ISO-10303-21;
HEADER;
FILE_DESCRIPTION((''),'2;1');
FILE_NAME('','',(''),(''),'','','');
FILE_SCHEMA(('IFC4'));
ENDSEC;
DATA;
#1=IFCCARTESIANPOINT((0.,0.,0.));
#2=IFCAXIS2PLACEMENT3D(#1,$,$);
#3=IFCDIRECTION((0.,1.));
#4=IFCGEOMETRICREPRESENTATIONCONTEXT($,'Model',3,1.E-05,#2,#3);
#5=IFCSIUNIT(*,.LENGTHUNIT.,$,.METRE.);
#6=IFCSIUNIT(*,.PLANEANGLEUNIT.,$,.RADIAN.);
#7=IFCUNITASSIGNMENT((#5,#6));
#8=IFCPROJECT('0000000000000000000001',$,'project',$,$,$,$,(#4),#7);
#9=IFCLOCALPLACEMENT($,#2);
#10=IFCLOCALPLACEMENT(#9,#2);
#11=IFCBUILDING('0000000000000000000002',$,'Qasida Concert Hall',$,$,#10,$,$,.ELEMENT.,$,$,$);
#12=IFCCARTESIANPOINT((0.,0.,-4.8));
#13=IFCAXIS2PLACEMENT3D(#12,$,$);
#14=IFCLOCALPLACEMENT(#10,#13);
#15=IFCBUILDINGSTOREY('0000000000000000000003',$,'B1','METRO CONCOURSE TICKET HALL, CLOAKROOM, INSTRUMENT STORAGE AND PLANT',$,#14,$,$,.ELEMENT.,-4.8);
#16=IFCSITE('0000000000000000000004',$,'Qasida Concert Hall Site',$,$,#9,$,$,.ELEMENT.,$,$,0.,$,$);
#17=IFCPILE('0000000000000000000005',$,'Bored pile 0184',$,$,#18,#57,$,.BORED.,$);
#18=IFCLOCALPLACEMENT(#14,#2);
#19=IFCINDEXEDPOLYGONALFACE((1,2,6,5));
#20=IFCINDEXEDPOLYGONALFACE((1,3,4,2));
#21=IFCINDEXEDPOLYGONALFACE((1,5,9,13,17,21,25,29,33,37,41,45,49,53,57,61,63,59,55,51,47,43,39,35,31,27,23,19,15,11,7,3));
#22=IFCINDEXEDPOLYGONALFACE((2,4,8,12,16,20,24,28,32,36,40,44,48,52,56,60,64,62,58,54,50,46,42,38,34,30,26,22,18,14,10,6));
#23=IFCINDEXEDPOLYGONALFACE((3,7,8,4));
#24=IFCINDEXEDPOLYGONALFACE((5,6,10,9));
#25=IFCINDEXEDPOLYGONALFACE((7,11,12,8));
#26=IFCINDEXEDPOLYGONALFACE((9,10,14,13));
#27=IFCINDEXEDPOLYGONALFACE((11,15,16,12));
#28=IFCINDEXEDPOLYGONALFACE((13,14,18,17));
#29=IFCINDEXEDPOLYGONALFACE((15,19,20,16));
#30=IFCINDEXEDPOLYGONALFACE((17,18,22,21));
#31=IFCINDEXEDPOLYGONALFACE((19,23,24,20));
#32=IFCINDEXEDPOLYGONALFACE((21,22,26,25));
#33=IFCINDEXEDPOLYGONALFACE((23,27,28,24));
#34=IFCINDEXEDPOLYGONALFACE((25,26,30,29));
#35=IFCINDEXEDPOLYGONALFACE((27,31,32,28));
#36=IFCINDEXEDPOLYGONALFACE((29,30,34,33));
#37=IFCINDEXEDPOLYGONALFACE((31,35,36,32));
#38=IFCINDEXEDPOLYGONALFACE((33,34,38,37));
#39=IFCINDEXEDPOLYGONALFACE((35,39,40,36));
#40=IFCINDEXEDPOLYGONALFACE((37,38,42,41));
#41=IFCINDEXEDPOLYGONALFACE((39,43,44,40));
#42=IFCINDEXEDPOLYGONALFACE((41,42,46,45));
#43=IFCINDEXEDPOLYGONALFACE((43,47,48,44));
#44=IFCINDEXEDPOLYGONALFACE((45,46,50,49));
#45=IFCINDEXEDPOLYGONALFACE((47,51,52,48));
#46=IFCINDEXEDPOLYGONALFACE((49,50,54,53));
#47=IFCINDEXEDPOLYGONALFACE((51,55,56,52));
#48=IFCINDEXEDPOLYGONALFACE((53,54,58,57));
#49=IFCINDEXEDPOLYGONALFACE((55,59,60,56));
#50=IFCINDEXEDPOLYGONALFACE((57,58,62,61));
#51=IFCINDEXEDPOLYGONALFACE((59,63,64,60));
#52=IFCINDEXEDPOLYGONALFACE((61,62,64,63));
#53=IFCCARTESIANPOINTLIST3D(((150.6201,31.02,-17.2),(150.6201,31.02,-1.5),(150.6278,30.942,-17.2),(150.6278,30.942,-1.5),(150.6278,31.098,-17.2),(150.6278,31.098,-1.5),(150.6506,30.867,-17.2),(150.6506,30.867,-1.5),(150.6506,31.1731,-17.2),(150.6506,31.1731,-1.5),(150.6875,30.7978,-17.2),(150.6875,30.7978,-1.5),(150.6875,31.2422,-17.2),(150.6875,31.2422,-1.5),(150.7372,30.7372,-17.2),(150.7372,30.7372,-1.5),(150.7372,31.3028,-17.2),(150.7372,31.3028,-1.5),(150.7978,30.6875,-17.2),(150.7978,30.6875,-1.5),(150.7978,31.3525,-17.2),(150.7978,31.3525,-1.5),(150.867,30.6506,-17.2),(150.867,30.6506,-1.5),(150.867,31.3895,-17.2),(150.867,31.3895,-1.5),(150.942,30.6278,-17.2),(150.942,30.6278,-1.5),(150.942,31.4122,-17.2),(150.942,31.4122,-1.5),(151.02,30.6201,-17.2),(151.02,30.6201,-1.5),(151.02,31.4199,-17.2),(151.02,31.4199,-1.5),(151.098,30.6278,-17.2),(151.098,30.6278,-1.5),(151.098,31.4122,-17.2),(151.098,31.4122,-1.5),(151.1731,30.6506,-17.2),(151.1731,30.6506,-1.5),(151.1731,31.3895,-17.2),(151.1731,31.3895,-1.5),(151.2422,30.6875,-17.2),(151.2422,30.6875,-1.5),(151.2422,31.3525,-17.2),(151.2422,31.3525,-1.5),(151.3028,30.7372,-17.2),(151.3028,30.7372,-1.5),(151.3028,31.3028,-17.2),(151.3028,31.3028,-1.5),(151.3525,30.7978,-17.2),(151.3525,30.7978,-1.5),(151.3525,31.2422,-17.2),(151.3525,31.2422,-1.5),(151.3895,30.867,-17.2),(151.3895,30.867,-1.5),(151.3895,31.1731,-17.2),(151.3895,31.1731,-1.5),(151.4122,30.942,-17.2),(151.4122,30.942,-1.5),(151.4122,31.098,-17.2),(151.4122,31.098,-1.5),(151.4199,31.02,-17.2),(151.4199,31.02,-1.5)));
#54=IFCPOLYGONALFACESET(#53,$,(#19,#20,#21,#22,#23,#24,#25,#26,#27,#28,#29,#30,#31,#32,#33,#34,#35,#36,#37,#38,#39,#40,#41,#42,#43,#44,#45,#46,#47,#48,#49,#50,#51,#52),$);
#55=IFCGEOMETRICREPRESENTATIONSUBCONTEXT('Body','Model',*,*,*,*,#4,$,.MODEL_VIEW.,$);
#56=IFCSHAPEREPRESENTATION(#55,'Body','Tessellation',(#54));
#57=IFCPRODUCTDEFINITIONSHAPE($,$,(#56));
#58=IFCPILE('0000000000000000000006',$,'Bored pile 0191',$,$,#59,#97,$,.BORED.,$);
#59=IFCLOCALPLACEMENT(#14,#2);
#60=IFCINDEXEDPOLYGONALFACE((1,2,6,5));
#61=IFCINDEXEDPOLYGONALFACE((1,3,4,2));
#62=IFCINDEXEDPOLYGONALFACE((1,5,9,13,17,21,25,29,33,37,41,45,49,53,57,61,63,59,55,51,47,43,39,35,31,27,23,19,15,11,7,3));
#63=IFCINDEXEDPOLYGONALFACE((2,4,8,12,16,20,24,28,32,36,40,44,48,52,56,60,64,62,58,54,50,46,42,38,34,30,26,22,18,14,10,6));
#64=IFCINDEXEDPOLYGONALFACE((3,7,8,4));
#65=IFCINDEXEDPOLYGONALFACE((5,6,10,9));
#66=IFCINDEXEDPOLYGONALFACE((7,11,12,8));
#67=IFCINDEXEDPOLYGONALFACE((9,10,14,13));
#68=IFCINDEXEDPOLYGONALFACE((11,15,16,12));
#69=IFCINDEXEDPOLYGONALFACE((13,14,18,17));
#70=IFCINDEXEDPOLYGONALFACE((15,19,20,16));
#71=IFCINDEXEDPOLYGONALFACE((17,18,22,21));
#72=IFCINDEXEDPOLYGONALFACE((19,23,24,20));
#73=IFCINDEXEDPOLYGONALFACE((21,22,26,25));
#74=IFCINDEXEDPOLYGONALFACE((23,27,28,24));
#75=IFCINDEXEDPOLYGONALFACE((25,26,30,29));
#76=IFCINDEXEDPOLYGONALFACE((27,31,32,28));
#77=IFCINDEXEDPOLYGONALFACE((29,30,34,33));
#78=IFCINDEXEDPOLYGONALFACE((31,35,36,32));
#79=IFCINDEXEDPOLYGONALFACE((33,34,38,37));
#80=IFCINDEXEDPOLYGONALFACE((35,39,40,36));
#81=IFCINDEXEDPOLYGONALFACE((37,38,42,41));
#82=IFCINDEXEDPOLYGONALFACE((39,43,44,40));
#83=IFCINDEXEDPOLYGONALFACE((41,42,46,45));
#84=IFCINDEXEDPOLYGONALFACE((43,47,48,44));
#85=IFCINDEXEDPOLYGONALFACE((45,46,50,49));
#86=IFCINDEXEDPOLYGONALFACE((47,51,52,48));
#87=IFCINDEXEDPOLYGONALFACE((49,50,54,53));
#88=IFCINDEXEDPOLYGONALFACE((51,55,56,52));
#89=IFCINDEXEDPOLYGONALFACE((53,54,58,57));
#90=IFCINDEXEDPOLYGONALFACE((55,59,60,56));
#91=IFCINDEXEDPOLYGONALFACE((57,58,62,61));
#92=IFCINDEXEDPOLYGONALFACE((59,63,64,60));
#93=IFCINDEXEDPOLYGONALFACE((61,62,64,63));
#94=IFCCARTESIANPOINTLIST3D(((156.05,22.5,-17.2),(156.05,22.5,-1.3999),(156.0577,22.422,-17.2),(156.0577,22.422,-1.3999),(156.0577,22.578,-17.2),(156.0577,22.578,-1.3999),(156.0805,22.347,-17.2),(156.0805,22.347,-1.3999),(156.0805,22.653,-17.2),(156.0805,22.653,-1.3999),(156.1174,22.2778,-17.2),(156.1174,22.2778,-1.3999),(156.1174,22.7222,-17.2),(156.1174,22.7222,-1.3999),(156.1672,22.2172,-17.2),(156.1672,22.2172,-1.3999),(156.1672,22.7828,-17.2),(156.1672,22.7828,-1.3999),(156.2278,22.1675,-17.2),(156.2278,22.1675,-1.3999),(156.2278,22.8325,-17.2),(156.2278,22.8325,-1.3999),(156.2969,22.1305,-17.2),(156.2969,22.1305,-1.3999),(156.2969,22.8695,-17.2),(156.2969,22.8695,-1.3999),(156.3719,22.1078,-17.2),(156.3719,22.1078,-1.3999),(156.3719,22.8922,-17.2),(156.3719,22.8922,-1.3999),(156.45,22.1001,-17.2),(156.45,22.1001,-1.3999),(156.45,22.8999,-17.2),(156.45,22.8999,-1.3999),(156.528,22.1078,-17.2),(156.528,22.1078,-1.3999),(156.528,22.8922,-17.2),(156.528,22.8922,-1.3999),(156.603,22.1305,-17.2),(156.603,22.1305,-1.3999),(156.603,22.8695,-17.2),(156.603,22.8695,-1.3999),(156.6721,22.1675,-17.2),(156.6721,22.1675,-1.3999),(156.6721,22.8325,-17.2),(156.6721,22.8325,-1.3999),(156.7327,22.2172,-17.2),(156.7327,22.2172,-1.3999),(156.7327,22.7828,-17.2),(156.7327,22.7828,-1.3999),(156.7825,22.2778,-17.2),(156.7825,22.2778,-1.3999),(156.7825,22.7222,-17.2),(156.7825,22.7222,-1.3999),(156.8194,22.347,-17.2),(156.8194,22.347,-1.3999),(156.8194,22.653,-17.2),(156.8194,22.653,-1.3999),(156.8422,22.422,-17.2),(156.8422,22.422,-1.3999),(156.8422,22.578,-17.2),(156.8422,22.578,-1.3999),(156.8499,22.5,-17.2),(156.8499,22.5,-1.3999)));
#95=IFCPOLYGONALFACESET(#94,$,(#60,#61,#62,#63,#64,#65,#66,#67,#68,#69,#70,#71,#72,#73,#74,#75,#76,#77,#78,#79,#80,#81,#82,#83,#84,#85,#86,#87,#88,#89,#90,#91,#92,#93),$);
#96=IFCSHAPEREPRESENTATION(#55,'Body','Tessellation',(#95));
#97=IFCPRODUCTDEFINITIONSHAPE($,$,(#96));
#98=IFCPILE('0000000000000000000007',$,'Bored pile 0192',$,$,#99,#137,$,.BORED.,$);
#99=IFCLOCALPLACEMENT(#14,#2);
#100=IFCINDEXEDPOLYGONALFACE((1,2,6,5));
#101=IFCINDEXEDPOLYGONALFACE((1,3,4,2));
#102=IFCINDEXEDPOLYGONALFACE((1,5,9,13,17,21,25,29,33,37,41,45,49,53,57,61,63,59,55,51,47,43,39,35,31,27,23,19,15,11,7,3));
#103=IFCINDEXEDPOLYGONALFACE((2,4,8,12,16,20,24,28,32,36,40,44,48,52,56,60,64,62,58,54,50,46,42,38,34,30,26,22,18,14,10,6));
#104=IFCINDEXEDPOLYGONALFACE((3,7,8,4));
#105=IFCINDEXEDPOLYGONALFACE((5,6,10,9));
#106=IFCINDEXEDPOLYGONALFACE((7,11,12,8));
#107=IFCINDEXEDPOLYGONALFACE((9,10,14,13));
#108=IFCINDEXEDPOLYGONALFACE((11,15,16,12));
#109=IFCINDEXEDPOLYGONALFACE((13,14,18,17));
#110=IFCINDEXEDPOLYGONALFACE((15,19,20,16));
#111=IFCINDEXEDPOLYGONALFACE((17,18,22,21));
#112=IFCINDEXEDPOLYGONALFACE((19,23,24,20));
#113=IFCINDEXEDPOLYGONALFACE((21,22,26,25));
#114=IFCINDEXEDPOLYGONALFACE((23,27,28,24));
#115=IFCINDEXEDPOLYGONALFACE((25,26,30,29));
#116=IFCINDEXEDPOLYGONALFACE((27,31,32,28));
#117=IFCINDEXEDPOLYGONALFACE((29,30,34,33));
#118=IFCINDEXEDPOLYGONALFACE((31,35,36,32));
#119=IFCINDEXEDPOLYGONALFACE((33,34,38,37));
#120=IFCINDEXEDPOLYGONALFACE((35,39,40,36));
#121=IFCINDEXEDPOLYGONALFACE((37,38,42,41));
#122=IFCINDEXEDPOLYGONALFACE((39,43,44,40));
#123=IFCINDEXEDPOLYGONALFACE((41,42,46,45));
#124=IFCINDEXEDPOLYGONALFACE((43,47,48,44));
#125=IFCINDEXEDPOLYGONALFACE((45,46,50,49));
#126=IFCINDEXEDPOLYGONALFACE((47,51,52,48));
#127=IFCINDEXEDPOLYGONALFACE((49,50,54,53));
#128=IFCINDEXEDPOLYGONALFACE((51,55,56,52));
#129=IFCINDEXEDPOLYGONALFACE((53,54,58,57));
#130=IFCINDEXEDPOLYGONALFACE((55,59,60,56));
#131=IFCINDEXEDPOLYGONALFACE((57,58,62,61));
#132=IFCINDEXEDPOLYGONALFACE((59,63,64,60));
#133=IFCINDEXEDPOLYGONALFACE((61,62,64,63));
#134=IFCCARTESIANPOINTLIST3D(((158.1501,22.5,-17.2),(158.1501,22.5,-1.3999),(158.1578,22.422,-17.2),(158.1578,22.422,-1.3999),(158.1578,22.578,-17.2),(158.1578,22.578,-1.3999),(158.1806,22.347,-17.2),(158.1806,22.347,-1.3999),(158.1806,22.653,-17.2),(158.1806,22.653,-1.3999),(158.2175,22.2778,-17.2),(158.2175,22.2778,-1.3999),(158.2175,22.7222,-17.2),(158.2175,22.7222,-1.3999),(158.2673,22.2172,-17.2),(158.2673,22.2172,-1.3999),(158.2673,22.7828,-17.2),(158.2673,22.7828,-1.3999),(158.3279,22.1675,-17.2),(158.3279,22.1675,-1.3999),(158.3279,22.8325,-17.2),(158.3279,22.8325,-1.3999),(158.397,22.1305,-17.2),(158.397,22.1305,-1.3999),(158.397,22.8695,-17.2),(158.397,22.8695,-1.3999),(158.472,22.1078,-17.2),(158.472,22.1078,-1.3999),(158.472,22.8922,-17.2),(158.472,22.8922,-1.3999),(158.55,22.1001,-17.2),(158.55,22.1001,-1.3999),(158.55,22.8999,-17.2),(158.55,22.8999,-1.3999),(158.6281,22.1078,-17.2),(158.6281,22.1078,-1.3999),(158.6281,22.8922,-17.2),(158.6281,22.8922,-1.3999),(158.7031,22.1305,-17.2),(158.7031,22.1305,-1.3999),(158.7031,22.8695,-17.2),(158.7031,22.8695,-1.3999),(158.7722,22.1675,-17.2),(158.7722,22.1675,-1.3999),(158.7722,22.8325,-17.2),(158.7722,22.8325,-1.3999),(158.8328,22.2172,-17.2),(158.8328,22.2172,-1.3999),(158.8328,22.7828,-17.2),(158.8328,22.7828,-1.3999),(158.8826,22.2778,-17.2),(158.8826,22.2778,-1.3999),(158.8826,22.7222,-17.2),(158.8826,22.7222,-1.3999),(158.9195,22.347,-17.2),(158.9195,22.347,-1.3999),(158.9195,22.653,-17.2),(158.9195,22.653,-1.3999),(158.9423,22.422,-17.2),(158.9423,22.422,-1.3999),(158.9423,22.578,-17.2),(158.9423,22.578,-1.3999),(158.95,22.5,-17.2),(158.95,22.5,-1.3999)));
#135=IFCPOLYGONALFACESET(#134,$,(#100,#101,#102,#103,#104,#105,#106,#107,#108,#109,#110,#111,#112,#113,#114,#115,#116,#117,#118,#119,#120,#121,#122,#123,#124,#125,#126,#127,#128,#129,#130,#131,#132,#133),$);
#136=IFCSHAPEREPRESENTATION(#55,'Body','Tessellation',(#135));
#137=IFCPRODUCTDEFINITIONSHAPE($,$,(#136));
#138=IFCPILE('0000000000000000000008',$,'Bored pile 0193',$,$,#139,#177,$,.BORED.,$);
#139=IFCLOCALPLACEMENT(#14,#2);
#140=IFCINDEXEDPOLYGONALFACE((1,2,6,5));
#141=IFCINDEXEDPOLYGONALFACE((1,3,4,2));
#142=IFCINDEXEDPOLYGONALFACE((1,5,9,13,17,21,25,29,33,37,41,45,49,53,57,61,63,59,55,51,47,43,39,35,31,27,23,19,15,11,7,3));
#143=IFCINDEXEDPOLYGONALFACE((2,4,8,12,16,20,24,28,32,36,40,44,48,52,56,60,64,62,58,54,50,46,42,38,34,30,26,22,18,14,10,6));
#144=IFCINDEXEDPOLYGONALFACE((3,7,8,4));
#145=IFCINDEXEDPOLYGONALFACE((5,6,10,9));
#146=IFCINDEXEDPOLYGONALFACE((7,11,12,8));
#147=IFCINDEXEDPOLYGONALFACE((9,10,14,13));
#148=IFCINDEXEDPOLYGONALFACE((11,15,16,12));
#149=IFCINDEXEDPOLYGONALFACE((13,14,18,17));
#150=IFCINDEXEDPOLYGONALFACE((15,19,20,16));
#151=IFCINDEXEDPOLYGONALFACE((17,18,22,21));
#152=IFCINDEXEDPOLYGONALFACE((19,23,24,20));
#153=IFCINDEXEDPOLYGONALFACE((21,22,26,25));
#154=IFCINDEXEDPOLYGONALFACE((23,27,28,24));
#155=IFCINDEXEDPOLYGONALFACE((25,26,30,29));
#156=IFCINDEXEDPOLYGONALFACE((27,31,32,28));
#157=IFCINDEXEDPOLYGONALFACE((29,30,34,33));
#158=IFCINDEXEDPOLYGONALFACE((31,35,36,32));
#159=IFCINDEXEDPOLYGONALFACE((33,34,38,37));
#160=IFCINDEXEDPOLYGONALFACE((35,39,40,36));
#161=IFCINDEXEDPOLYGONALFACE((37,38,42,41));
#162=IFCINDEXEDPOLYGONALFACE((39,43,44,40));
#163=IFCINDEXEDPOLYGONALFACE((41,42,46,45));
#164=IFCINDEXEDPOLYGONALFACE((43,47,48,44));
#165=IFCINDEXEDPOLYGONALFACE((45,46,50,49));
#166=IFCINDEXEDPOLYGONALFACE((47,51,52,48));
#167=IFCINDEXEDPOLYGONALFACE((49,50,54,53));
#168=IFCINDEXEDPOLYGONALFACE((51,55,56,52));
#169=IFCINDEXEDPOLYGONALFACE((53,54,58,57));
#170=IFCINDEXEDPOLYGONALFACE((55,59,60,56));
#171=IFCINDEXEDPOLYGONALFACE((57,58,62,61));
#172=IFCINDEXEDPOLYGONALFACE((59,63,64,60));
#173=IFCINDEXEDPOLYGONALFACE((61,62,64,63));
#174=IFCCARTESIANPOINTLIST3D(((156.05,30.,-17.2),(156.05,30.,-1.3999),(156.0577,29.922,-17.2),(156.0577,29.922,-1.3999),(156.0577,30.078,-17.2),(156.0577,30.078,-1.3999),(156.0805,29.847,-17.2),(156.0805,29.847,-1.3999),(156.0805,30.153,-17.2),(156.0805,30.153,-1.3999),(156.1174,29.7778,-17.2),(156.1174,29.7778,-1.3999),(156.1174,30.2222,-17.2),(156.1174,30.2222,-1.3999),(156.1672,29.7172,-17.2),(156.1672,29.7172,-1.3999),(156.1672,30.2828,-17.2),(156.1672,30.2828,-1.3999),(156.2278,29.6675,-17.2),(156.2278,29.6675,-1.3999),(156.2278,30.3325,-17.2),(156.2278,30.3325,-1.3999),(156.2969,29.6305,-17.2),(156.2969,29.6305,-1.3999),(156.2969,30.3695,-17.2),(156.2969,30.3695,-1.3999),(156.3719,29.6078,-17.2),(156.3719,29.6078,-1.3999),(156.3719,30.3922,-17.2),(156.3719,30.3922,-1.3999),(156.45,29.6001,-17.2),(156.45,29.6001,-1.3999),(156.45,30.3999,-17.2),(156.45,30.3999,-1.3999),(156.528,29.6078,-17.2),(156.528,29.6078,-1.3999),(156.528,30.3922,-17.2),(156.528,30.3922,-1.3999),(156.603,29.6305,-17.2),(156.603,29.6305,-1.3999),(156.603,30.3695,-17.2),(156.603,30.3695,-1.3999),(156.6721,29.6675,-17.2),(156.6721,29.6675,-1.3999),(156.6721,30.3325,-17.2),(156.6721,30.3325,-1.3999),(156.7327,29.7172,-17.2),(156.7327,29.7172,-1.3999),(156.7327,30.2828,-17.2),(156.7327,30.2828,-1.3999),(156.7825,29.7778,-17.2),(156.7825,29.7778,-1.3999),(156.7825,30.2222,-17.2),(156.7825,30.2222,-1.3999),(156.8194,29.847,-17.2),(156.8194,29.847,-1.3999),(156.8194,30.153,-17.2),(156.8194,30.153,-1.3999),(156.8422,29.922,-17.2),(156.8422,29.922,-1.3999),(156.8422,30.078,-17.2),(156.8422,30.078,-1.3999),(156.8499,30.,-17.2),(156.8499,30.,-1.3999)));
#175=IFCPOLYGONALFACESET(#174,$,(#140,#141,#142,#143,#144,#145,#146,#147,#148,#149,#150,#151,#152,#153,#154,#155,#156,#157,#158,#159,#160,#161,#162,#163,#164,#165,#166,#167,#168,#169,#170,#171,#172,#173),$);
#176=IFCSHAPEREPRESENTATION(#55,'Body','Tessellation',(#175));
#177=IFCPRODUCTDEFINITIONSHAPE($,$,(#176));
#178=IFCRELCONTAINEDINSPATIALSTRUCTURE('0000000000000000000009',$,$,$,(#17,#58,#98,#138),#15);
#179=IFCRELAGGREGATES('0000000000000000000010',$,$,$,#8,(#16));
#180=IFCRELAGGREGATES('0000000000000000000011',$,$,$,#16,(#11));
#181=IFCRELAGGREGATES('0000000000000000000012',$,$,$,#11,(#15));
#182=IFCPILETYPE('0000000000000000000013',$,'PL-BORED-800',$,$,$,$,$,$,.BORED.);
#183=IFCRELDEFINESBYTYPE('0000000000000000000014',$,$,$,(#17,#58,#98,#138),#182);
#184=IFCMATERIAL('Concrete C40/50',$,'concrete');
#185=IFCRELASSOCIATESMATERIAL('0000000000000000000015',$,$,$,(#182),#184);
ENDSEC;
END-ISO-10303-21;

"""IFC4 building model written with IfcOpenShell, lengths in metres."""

from ifc_helpers import new_model, si_unit, direction, frame, origin, origin_2d, place, context, subcontext, project, spatial, circle, extrude, material, material_profile, profile_set, type_object, element, save


model = new_model("IFC4")

# Units and contexts
model_context = context("Model", 3, precision=1e-05, world=origin(), true_north=direction((0.0, 1.0)))
body_context = subcontext(model_context, "Body", "Model", "MODEL_VIEW")
ifc_project = project(units=[si_unit("LENGTHUNIT", "METRE"), si_unit("PLANEANGLEUNIT", "RADIAN")], contexts=[model_context])

# Site, building, storey
site_placement = place(None, origin())
site = spatial("IfcSite", under=ifc_project, at=site_placement, Name="Qasida Concert Hall Site", CompositionType="ELEMENT", RefElevation=0.0)
building_placement = place(site_placement, origin())
building = spatial("IfcBuilding", under=site, at=building_placement, Name="Qasida Concert Hall", CompositionType="ELEMENT")
storey_placement = place(building_placement, frame((0.0, 0.0, -4.8)))
storey = spatial("IfcBuildingStorey", under=building, at=storey_placement, Name="B1", Description="METRO CONCOURSE TICKET HALL, CLOAKROOM, INSTRUMENT STORAGE AND PLANT", CompositionType="ELEMENT", Elevation=-4.8)

# Shared definitions
ifc_material_1 = material(Name="Concrete C40/50", Category="concrete")

# Piles
ifc_material_profile_1 = material_profile(ifc_material_1, circle(Radius=0.3999, at=origin_2d()), Name="BORED PILE D800")
ifc_profile_set_1 = profile_set([ifc_material_profile_1], Name="Concrete C40/50")
pile_type = type_object("IfcPileType", Name="PL-BORED-800", PredefinedType="BORED", material=ifc_profile_set_1)
for number, where, z_axis, x_axis, name in (
    (1, (151.02, 31.02, -1.5), (0.0, 0.0, -1.0), (1.0, 0.0, 0.0), "Bored pile 0184"),
):
    element("IfcPile", number, at=place(storey_placement, frame(where, z_axis=z_axis, x_axis=x_axis)), inside=storey, type_object=pile_type, Name=name, PredefinedType="BORED", context=body_context, shape_type="SweptSolid", body=[
        extrude(circle(Radius=0.3999, at=origin_2d()), origin(), (0.0, 0.0, 1.0), 15.7),
    ])
for number, where, z_axis, x_axis, name in (
    (2, (156.45, 22.5, -1.3999), (0.0, 0.0, -1.0), (1.0, 0.0, 0.0), "Bored pile 0191"),
    (3, (158.55, 22.5, -1.3999), (0.0, 0.0, -1.0), (1.0, 0.0, 0.0), "Bored pile 0192"),
    (4, (156.45, 30.0, -1.3999), (0.0, 0.0, -1.0), (1.0, 0.0, 0.0), "Bored pile 0193"),
):
    element("IfcPile", number, at=place(storey_placement, frame(where, z_axis=z_axis, x_axis=x_axis)), inside=storey, type_object=pile_type, Name=name, PredefinedType="BORED", context=body_context, shape_type="SweptSolid", body=[
        extrude(circle(Radius=0.3999, at=origin_2d()), origin(), (0.0, 0.0, 1.0), 15.8),
    ])

save(model, "model.ifc")
